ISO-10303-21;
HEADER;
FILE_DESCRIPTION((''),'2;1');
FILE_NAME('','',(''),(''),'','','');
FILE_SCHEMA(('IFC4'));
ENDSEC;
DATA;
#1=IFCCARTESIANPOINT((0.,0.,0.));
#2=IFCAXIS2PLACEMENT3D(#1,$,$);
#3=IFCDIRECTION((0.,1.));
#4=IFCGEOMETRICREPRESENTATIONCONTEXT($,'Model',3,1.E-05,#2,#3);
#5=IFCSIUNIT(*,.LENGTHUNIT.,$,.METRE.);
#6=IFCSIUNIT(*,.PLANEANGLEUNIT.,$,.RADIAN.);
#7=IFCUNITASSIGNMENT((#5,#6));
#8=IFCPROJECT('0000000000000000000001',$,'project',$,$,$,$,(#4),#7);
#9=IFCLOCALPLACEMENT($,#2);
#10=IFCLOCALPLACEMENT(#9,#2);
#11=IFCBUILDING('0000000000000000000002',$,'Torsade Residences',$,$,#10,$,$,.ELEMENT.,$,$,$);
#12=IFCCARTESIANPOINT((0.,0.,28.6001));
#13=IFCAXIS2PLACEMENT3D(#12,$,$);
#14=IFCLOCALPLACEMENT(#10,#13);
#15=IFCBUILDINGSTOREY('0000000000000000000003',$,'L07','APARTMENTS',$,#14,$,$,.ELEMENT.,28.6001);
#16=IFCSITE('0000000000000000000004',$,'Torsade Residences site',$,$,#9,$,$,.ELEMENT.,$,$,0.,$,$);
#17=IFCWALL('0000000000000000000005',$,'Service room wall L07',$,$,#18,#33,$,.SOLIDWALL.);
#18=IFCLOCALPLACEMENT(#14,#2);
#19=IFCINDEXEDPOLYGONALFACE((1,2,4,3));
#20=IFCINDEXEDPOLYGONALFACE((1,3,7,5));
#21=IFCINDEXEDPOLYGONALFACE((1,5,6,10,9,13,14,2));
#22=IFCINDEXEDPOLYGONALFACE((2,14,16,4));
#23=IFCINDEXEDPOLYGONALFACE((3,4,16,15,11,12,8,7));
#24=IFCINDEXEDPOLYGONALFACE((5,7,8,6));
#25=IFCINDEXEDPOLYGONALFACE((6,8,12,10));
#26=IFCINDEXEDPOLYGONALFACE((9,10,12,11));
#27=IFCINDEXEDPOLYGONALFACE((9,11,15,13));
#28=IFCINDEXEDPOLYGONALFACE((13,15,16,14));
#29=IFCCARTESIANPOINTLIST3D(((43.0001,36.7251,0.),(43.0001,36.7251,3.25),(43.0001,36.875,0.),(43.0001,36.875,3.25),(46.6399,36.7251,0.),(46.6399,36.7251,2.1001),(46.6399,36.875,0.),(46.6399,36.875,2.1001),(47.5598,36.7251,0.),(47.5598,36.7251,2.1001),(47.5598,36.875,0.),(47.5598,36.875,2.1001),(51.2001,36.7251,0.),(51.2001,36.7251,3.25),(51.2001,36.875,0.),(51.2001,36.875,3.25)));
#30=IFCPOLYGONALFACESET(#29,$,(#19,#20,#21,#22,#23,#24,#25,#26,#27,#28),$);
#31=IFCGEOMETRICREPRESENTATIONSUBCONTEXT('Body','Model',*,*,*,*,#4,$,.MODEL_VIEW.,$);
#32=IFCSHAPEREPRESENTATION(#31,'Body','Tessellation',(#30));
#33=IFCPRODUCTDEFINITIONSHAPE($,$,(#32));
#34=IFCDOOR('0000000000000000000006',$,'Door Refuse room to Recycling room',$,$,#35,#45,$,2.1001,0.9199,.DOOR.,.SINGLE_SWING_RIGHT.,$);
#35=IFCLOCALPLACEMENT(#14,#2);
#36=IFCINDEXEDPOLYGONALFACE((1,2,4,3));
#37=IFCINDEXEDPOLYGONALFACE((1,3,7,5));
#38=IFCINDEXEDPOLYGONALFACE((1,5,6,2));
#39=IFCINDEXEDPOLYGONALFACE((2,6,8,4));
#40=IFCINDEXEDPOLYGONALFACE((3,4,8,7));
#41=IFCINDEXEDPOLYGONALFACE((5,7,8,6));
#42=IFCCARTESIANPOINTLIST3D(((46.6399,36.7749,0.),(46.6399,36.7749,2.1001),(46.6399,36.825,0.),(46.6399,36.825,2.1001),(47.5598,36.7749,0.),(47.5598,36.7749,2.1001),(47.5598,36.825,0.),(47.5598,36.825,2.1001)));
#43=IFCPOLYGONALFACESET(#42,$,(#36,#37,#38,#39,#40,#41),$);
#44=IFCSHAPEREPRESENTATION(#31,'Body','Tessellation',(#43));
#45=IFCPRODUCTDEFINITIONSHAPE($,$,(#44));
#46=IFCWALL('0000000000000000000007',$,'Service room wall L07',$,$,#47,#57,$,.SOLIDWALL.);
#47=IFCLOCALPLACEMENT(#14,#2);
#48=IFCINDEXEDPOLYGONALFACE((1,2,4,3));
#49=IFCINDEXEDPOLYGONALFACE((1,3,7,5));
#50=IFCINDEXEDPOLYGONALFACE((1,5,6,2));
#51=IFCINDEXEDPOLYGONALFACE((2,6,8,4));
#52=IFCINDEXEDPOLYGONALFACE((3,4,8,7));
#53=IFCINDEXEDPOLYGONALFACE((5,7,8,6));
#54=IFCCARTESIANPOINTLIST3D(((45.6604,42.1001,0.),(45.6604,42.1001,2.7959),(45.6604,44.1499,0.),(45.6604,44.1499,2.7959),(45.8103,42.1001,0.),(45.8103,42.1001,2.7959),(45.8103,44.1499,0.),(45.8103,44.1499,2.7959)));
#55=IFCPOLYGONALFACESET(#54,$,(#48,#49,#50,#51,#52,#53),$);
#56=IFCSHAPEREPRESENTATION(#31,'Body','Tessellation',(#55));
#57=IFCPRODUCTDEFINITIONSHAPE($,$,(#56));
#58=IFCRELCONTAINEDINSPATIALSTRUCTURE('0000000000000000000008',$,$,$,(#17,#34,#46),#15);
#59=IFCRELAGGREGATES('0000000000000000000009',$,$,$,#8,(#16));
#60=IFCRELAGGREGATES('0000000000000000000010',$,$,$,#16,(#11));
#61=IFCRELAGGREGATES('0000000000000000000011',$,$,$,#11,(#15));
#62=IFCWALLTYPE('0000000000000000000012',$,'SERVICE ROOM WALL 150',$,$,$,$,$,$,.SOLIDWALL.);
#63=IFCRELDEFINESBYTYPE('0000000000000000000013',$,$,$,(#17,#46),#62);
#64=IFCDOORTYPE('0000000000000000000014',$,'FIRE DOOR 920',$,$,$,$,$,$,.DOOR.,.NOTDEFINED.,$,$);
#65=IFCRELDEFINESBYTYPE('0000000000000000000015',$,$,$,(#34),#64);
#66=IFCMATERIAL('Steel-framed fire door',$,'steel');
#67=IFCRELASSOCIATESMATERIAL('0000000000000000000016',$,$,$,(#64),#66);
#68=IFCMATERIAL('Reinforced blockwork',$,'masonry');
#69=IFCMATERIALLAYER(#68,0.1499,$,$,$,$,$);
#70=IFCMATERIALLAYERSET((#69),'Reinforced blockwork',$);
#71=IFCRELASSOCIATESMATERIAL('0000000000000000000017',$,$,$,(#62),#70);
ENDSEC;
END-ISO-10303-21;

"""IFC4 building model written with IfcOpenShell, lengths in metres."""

from ifc_helpers import new_model, si_unit, direction, frame, frame_2d, origin, place, context, subcontext, project, spatial, rectangle, extrude, material, layer, layer_set, type_object, element, fill, save


model = new_model("IFC4")

# Units and contexts
model_context = context("Model", 3, precision=1e-05, world=origin(), true_north=direction((0.0, 1.0)))
body_context = subcontext(model_context, "Body", "Model", "MODEL_VIEW")
ifc_project = project(units=[si_unit("LENGTHUNIT", "METRE"), si_unit("PLANEANGLEUNIT", "RADIAN")], contexts=[model_context])

# Site, building, storey
site_placement = place(None, origin())
site = spatial("IfcSite", under=ifc_project, at=site_placement, Name="Torsade Residences site", CompositionType="ELEMENT", RefElevation=0.0)
building_placement = place(site_placement, origin())
building = spatial("IfcBuilding", under=site, at=building_placement, Name="Torsade Residences", CompositionType="ELEMENT")
storey_placement = place(building_placement, frame((0.0, 0.0, 28.6001)))
storey = spatial("IfcBuildingStorey", under=building, at=storey_placement, Name="L07", Description="APARTMENTS", CompositionType="ELEMENT", Elevation=28.6001)

# Shared definitions
ifc_material_1 = material(Name="Steel-framed fire door", Category="steel")
door_type_1 = type_object("IfcDoorType", Name="FIRE DOOR 920", OperationType="NOTDEFINED", PredefinedType="DOOR", material=ifc_material_1)

# Shared definitions
ifc_material_2 = material(Name="Reinforced blockwork", Category="masonry")
ifc_layer_1 = layer(ifc_material_2, 0.1499)
ifc_layer_set_1 = layer_set([ifc_layer_1], Name="Reinforced blockwork")
wall_type_1 = type_object("IfcWallType", Name="SERVICE ROOM WALL 150", PredefinedType="SOLIDWALL", material=ifc_layer_set_1)

# Wall, opening, door
wall_1_placement = place(storey_placement, frame((43.0, 36.8, 0.0), z_axis=(0.0, 0.0, 1.0), x_axis=(1.0, 0.0, 0.0)))
wall_1 = element("IfcWall", 1, at=wall_1_placement, inside=storey, type_object=wall_type_1, Name="Service room wall L07", PredefinedType="SOLIDWALL", context=body_context, shape_type="SweptSolid", body=[
    extrude(rectangle(XDim=8.2, YDim=0.1499, at=frame_2d((4.1001, 0.0))), origin(), (0.0, 0.0, 1.0), 3.25),
])
opening_1_placement = place(wall_1_placement, frame((3.6399, 0.0, 0.0)))
opening_1 = element("IfcOpeningElement", 2, at=opening_1_placement, cuts=wall_1, PredefinedType="OPENING", context=body_context, shape_type="SweptSolid", body=[
    extrude(rectangle(XDim=0.9199, YDim=2.1001, at=frame_2d((0.46, 1.05))), frame((0.0, 0.085, 0.0), z_axis=(0.0, -1.0, 0.0), x_axis=(1.0, 0.0, 0.0)), (0.0, 0.0, 1.0), 0.1699),
])
door_1_placement = place(opening_1_placement, origin())
door_1 = element("IfcDoor", 3, at=door_1_placement, inside=storey, type_object=door_type_1, Name="Door Refuse room to Recycling room", OperationType="SINGLE_SWING_RIGHT", OverallHeight=2.1001, OverallWidth=0.9199, PredefinedType="DOOR", context=body_context, shape_type="SweptSolid", body=[
    extrude(rectangle(XDim=0.9199, YDim=2.1001, at=frame_2d((0.46, 1.05))), frame((0.0, 0.0249, 0.0), z_axis=(0.0, -1.0, 0.0), x_axis=(1.0, 0.0, 0.0)), (0.0, 0.0, 1.0), 0.05),
])
fill(opening_1, door_1)

# Wall
wall_2_placement = place(storey_placement, frame((45.7354, 42.1001, 0.0), z_axis=(0.0, 0.0, 1.0), x_axis=(0.0, 1.0, 0.0)))
element("IfcWall", 4, at=wall_2_placement, inside=storey, type_object=wall_type_1, Name="Service room wall L07", PredefinedType="SOLIDWALL", context=body_context, shape_type="SweptSolid", body=[
    extrude(rectangle(XDim=2.0498, YDim=0.1499, at=frame_2d((1.0249, 0.0))), origin(), (0.0, 0.0, 1.0), 2.7959),
])

save(model, "model.ifc")
